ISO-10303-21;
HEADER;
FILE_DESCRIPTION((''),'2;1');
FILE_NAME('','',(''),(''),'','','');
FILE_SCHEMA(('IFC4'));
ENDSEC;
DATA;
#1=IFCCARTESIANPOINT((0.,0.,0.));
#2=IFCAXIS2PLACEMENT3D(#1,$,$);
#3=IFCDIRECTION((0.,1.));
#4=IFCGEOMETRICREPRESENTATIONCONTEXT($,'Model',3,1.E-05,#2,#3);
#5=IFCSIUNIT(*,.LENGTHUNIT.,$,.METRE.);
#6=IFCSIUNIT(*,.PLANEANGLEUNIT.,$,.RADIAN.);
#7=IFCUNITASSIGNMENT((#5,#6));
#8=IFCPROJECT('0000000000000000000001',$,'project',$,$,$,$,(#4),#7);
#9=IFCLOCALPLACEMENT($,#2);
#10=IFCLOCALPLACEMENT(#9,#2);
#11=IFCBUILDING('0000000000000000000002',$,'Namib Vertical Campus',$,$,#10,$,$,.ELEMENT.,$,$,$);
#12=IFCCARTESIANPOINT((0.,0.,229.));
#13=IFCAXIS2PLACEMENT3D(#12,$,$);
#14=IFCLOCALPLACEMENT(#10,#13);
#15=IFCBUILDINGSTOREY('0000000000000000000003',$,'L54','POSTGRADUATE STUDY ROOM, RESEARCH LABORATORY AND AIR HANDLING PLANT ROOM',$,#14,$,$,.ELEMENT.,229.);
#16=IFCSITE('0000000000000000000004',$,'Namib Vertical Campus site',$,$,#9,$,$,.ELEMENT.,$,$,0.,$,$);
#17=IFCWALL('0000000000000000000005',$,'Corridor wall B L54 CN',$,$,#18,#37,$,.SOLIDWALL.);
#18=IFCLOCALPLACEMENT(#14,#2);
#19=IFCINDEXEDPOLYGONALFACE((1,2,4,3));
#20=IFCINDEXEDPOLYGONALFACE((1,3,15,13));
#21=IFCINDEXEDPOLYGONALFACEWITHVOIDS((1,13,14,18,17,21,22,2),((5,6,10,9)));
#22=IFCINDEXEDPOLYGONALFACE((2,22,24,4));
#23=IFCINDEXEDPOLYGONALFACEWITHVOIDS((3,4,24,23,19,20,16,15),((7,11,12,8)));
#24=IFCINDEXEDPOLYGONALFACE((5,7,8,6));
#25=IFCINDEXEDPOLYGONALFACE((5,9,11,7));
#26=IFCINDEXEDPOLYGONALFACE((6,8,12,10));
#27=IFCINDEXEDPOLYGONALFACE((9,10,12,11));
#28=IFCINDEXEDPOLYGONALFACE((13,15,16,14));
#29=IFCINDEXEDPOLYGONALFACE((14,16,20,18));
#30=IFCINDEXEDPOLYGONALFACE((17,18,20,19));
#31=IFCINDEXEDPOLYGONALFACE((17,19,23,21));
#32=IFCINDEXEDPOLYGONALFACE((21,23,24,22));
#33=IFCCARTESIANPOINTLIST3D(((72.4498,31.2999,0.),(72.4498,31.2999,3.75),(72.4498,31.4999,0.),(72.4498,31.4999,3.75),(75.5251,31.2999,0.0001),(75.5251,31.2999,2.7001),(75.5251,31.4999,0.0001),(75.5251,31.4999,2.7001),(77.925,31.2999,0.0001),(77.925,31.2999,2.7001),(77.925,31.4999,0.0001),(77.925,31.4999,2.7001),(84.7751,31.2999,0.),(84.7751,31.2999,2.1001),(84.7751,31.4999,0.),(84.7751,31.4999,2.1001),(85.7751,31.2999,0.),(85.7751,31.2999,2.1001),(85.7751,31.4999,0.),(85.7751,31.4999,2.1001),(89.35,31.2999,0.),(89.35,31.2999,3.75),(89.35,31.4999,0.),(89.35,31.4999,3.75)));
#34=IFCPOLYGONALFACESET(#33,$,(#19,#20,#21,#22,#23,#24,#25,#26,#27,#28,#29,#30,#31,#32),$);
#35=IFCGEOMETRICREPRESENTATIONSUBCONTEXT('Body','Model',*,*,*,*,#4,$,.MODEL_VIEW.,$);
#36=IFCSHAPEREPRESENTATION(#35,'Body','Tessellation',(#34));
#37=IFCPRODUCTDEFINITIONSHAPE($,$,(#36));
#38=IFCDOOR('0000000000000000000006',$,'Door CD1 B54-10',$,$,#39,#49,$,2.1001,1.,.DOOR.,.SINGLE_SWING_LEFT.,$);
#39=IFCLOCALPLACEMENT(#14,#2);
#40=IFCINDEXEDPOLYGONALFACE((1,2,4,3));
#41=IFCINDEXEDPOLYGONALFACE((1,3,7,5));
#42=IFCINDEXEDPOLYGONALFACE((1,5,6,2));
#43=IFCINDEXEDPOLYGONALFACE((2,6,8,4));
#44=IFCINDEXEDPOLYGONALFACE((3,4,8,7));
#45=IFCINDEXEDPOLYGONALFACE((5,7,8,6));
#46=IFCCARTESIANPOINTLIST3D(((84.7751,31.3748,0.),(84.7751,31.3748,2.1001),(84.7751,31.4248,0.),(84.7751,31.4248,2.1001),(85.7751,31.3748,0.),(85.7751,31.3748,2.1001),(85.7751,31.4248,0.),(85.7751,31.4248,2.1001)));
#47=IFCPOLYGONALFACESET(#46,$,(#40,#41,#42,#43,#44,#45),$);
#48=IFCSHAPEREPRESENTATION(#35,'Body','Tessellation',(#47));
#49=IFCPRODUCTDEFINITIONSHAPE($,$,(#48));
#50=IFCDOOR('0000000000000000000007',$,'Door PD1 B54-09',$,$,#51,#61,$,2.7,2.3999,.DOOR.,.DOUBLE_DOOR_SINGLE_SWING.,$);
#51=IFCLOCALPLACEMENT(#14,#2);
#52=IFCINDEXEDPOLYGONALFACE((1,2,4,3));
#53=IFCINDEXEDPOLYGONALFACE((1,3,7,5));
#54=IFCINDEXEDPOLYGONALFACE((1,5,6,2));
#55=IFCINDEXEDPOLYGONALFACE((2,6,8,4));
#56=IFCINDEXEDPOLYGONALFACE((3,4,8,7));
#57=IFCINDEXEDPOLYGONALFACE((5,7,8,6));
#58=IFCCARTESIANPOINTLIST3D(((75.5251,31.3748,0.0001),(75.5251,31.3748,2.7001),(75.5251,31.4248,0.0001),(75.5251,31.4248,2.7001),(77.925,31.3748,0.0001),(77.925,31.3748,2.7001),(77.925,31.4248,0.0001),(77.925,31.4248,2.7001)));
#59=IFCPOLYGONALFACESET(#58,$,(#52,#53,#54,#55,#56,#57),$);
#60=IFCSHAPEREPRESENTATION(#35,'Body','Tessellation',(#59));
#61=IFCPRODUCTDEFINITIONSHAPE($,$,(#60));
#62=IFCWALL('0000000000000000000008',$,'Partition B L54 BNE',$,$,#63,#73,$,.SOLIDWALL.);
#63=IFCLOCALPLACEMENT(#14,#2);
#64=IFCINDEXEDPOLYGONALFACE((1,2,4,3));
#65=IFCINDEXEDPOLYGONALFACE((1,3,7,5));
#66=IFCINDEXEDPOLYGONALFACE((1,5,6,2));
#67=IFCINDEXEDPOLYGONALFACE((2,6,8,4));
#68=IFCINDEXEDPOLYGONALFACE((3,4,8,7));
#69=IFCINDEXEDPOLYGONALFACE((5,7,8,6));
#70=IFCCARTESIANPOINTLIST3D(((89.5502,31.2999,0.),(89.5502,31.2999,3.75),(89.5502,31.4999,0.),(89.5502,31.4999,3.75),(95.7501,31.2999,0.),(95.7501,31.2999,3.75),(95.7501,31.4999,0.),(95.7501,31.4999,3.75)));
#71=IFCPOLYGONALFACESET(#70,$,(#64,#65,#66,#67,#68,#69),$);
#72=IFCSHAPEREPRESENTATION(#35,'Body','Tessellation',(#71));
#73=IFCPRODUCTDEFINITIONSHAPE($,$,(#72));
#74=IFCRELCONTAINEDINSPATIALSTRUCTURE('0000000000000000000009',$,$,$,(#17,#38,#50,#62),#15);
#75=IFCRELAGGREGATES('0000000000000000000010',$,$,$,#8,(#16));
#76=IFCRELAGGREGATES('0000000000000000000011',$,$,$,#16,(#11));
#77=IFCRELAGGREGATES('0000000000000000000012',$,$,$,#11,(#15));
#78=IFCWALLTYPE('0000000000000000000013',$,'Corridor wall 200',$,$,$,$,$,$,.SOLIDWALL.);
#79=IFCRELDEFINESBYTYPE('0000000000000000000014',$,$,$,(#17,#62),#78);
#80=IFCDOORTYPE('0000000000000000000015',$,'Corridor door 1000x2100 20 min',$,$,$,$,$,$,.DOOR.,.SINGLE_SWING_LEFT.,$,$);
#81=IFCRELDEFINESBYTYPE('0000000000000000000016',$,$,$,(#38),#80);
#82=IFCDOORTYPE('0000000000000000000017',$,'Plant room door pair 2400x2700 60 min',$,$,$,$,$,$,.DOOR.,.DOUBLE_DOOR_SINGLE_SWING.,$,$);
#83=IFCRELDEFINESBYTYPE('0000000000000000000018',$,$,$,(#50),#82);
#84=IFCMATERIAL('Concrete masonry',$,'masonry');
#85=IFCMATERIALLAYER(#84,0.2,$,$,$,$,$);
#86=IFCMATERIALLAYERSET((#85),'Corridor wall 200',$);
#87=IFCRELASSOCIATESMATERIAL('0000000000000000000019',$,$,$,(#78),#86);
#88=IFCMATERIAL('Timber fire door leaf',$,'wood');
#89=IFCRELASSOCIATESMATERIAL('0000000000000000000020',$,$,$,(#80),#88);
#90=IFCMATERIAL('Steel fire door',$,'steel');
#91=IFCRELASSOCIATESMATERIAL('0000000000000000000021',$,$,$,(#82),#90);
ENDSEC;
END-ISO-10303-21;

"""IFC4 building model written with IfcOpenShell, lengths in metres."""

from ifc_helpers import new_model, si_unit, direction, frame, frame_2d, origin, place, context, subcontext, project, spatial, rectangle, extrude, material, layer, layer_set, type_object, element, fill, save


model = new_model("IFC4")

# Units and contexts
model_context = context("Model", 3, precision=1e-05, world=origin(), true_north=direction((0.0, 1.0)))
body_context = subcontext(model_context, "Body", "Model", "MODEL_VIEW")
ifc_project = project(units=[si_unit("LENGTHUNIT", "METRE"), si_unit("PLANEANGLEUNIT", "RADIAN")], contexts=[model_context])

# Site, building, storey
site_placement = place(None, origin())
site = spatial("IfcSite", under=ifc_project, at=site_placement, Name="Namib Vertical Campus site", CompositionType="ELEMENT", RefElevation=0.0)
building_placement = place(site_placement, origin())
building = spatial("IfcBuilding", under=site, at=building_placement, Name="Namib Vertical Campus", CompositionType="ELEMENT")
storey_placement = place(building_placement, frame((0.0, 0.0, 229.0)))
storey = spatial("IfcBuildingStorey", under=building, at=storey_placement, Name="L54", Description="POSTGRADUATE STUDY ROOM, RESEARCH LABORATORY AND AIR HANDLING PLANT ROOM", CompositionType="ELEMENT", Elevation=229.0)

# Wall, openings, doors
ifc_material_1 = material(Name="Concrete masonry", Category="masonry")
ifc_layer_1 = layer(ifc_material_1, 0.2)
ifc_layer_set_1 = layer_set([ifc_layer_1], Name="Corridor wall 200")
wall_type_1 = type_object("IfcWallType", Name="Corridor wall 200", PredefinedType="SOLIDWALL", material=ifc_layer_set_1)
wall_1_placement = place(storey_placement, frame((89.3501, 31.3999, 0.0), z_axis=(0.0, 0.0, 1.0), x_axis=(-1.0, 0.0, 0.0)))
wall_1 = element("IfcWall", 1, at=wall_1_placement, inside=storey, type_object=wall_type_1, Name="Corridor wall B L54 CN", PredefinedType="SOLIDWALL", context=body_context, shape_type="SweptSolid", body=[
    extrude(rectangle(XDim=16.9001, YDim=0.2, at=frame_2d((8.4502, 0.0))), origin(), (0.0, 0.0, 1.0), 3.75),
])
opening_1_placement = place(wall_1_placement, frame((11.425, 0.0, 0.0)))
opening_1 = element("IfcOpeningElement", 2, at=opening_1_placement, cuts=wall_1, PredefinedType="OPENING", context=body_context, shape_type="SweptSolid", body=[
    extrude(rectangle(XDim=2.3999, YDim=2.7, at=frame_2d((1.2, 1.3501))), frame((0.0, 0.1099, 0.0), z_axis=(0.0, -1.0, 0.0), x_axis=(1.0, 0.0, 0.0)), (0.0, 0.0, 1.0), 0.22),
])
opening_2_placement = place(wall_1_placement, frame((3.575, 0.0, 0.0)))
opening_2 = element("IfcOpeningElement", 3, at=opening_2_placement, cuts=wall_1, PredefinedType="OPENING", context=body_context, shape_type="SweptSolid", body=[
    extrude(rectangle(XDim=1.0, YDim=2.1001, at=frame_2d((0.5, 1.05))), frame((0.0, 0.1099, 0.0), z_axis=(0.0, -1.0, 0.0), x_axis=(1.0, 0.0, 0.0)), (0.0, 0.0, 1.0), 0.22),
])
ifc_material_2 = material(Name="Timber fire door leaf", Category="wood")
door_type_1 = type_object("IfcDoorType", Name="Corridor door 1000x2100 20 min", OperationType="SINGLE_SWING_LEFT", PredefinedType="DOOR", material=ifc_material_2)
door_1_placement = place(opening_2_placement, frame((1.0, 0.0, 0.0), z_axis=(0.0, 0.0, 1.0), x_axis=(-1.0, 0.0, 0.0)))
door_1 = element("IfcDoor", 4, at=door_1_placement, inside=storey, type_object=door_type_1, Name="Door CD1 B54-10", OperationType="SINGLE_SWING_LEFT", OverallHeight=2.1001, OverallWidth=1.0, PredefinedType="DOOR", context=body_context, shape_type="SweptSolid", body=[
    extrude(rectangle(XDim=1.0, YDim=2.1001, at=frame_2d((0.5, 1.05))), frame((0.0, 0.0249, 0.0), z_axis=(0.0, -1.0, 0.0), x_axis=(1.0, 0.0, 0.0)), (0.0, 0.0, 1.0), 0.05),
])
fill(opening_2, door_1)
ifc_material_3 = material(Name="Steel fire door", Category="steel")
door_type_2 = type_object("IfcDoorType", Name="Plant room door pair 2400x2700 60 min", OperationType="DOUBLE_DOOR_SINGLE_SWING", PredefinedType="DOOR", material=ifc_material_3)
door_2_placement = place(opening_1_placement, frame((2.3999, 0.0, 0.0), z_axis=(0.0, 0.0, 1.0), x_axis=(-1.0, 0.0, 0.0)))
door_2 = element("IfcDoor", 5, at=door_2_placement, inside=storey, type_object=door_type_2, Name="Door PD1 B54-09", OperationType="DOUBLE_DOOR_SINGLE_SWING", OverallHeight=2.7, OverallWidth=2.3999, PredefinedType="DOOR", context=body_context, shape_type="SweptSolid", body=[
    extrude(rectangle(XDim=2.3999, YDim=2.7, at=frame_2d((1.2, 1.3501))), frame((0.0, 0.0249, 0.0), z_axis=(0.0, -1.0, 0.0), x_axis=(1.0, 0.0, 0.0)), (0.0, 0.0, 1.0), 0.05),
])
fill(opening_1, door_2)

# Wall
wall_2_placement = place(storey_placement, frame((89.55, 31.3999, 0.0), z_axis=(0.0, 0.0, 1.0), x_axis=(1.0, 0.0, 0.0)))
element("IfcWall", 6, at=wall_2_placement, inside=storey, type_object=wall_type_1, Name="Partition B L54 BNE", PredefinedType="SOLIDWALL", context=body_context, shape_type="SweptSolid", body=[
    extrude(rectangle(XDim=6.2, YDim=0.2, at=frame_2d((3.1001, 0.0))), origin(), (0.0, 0.0, 1.0), 3.75),
])

save(model, "model.ifc")
